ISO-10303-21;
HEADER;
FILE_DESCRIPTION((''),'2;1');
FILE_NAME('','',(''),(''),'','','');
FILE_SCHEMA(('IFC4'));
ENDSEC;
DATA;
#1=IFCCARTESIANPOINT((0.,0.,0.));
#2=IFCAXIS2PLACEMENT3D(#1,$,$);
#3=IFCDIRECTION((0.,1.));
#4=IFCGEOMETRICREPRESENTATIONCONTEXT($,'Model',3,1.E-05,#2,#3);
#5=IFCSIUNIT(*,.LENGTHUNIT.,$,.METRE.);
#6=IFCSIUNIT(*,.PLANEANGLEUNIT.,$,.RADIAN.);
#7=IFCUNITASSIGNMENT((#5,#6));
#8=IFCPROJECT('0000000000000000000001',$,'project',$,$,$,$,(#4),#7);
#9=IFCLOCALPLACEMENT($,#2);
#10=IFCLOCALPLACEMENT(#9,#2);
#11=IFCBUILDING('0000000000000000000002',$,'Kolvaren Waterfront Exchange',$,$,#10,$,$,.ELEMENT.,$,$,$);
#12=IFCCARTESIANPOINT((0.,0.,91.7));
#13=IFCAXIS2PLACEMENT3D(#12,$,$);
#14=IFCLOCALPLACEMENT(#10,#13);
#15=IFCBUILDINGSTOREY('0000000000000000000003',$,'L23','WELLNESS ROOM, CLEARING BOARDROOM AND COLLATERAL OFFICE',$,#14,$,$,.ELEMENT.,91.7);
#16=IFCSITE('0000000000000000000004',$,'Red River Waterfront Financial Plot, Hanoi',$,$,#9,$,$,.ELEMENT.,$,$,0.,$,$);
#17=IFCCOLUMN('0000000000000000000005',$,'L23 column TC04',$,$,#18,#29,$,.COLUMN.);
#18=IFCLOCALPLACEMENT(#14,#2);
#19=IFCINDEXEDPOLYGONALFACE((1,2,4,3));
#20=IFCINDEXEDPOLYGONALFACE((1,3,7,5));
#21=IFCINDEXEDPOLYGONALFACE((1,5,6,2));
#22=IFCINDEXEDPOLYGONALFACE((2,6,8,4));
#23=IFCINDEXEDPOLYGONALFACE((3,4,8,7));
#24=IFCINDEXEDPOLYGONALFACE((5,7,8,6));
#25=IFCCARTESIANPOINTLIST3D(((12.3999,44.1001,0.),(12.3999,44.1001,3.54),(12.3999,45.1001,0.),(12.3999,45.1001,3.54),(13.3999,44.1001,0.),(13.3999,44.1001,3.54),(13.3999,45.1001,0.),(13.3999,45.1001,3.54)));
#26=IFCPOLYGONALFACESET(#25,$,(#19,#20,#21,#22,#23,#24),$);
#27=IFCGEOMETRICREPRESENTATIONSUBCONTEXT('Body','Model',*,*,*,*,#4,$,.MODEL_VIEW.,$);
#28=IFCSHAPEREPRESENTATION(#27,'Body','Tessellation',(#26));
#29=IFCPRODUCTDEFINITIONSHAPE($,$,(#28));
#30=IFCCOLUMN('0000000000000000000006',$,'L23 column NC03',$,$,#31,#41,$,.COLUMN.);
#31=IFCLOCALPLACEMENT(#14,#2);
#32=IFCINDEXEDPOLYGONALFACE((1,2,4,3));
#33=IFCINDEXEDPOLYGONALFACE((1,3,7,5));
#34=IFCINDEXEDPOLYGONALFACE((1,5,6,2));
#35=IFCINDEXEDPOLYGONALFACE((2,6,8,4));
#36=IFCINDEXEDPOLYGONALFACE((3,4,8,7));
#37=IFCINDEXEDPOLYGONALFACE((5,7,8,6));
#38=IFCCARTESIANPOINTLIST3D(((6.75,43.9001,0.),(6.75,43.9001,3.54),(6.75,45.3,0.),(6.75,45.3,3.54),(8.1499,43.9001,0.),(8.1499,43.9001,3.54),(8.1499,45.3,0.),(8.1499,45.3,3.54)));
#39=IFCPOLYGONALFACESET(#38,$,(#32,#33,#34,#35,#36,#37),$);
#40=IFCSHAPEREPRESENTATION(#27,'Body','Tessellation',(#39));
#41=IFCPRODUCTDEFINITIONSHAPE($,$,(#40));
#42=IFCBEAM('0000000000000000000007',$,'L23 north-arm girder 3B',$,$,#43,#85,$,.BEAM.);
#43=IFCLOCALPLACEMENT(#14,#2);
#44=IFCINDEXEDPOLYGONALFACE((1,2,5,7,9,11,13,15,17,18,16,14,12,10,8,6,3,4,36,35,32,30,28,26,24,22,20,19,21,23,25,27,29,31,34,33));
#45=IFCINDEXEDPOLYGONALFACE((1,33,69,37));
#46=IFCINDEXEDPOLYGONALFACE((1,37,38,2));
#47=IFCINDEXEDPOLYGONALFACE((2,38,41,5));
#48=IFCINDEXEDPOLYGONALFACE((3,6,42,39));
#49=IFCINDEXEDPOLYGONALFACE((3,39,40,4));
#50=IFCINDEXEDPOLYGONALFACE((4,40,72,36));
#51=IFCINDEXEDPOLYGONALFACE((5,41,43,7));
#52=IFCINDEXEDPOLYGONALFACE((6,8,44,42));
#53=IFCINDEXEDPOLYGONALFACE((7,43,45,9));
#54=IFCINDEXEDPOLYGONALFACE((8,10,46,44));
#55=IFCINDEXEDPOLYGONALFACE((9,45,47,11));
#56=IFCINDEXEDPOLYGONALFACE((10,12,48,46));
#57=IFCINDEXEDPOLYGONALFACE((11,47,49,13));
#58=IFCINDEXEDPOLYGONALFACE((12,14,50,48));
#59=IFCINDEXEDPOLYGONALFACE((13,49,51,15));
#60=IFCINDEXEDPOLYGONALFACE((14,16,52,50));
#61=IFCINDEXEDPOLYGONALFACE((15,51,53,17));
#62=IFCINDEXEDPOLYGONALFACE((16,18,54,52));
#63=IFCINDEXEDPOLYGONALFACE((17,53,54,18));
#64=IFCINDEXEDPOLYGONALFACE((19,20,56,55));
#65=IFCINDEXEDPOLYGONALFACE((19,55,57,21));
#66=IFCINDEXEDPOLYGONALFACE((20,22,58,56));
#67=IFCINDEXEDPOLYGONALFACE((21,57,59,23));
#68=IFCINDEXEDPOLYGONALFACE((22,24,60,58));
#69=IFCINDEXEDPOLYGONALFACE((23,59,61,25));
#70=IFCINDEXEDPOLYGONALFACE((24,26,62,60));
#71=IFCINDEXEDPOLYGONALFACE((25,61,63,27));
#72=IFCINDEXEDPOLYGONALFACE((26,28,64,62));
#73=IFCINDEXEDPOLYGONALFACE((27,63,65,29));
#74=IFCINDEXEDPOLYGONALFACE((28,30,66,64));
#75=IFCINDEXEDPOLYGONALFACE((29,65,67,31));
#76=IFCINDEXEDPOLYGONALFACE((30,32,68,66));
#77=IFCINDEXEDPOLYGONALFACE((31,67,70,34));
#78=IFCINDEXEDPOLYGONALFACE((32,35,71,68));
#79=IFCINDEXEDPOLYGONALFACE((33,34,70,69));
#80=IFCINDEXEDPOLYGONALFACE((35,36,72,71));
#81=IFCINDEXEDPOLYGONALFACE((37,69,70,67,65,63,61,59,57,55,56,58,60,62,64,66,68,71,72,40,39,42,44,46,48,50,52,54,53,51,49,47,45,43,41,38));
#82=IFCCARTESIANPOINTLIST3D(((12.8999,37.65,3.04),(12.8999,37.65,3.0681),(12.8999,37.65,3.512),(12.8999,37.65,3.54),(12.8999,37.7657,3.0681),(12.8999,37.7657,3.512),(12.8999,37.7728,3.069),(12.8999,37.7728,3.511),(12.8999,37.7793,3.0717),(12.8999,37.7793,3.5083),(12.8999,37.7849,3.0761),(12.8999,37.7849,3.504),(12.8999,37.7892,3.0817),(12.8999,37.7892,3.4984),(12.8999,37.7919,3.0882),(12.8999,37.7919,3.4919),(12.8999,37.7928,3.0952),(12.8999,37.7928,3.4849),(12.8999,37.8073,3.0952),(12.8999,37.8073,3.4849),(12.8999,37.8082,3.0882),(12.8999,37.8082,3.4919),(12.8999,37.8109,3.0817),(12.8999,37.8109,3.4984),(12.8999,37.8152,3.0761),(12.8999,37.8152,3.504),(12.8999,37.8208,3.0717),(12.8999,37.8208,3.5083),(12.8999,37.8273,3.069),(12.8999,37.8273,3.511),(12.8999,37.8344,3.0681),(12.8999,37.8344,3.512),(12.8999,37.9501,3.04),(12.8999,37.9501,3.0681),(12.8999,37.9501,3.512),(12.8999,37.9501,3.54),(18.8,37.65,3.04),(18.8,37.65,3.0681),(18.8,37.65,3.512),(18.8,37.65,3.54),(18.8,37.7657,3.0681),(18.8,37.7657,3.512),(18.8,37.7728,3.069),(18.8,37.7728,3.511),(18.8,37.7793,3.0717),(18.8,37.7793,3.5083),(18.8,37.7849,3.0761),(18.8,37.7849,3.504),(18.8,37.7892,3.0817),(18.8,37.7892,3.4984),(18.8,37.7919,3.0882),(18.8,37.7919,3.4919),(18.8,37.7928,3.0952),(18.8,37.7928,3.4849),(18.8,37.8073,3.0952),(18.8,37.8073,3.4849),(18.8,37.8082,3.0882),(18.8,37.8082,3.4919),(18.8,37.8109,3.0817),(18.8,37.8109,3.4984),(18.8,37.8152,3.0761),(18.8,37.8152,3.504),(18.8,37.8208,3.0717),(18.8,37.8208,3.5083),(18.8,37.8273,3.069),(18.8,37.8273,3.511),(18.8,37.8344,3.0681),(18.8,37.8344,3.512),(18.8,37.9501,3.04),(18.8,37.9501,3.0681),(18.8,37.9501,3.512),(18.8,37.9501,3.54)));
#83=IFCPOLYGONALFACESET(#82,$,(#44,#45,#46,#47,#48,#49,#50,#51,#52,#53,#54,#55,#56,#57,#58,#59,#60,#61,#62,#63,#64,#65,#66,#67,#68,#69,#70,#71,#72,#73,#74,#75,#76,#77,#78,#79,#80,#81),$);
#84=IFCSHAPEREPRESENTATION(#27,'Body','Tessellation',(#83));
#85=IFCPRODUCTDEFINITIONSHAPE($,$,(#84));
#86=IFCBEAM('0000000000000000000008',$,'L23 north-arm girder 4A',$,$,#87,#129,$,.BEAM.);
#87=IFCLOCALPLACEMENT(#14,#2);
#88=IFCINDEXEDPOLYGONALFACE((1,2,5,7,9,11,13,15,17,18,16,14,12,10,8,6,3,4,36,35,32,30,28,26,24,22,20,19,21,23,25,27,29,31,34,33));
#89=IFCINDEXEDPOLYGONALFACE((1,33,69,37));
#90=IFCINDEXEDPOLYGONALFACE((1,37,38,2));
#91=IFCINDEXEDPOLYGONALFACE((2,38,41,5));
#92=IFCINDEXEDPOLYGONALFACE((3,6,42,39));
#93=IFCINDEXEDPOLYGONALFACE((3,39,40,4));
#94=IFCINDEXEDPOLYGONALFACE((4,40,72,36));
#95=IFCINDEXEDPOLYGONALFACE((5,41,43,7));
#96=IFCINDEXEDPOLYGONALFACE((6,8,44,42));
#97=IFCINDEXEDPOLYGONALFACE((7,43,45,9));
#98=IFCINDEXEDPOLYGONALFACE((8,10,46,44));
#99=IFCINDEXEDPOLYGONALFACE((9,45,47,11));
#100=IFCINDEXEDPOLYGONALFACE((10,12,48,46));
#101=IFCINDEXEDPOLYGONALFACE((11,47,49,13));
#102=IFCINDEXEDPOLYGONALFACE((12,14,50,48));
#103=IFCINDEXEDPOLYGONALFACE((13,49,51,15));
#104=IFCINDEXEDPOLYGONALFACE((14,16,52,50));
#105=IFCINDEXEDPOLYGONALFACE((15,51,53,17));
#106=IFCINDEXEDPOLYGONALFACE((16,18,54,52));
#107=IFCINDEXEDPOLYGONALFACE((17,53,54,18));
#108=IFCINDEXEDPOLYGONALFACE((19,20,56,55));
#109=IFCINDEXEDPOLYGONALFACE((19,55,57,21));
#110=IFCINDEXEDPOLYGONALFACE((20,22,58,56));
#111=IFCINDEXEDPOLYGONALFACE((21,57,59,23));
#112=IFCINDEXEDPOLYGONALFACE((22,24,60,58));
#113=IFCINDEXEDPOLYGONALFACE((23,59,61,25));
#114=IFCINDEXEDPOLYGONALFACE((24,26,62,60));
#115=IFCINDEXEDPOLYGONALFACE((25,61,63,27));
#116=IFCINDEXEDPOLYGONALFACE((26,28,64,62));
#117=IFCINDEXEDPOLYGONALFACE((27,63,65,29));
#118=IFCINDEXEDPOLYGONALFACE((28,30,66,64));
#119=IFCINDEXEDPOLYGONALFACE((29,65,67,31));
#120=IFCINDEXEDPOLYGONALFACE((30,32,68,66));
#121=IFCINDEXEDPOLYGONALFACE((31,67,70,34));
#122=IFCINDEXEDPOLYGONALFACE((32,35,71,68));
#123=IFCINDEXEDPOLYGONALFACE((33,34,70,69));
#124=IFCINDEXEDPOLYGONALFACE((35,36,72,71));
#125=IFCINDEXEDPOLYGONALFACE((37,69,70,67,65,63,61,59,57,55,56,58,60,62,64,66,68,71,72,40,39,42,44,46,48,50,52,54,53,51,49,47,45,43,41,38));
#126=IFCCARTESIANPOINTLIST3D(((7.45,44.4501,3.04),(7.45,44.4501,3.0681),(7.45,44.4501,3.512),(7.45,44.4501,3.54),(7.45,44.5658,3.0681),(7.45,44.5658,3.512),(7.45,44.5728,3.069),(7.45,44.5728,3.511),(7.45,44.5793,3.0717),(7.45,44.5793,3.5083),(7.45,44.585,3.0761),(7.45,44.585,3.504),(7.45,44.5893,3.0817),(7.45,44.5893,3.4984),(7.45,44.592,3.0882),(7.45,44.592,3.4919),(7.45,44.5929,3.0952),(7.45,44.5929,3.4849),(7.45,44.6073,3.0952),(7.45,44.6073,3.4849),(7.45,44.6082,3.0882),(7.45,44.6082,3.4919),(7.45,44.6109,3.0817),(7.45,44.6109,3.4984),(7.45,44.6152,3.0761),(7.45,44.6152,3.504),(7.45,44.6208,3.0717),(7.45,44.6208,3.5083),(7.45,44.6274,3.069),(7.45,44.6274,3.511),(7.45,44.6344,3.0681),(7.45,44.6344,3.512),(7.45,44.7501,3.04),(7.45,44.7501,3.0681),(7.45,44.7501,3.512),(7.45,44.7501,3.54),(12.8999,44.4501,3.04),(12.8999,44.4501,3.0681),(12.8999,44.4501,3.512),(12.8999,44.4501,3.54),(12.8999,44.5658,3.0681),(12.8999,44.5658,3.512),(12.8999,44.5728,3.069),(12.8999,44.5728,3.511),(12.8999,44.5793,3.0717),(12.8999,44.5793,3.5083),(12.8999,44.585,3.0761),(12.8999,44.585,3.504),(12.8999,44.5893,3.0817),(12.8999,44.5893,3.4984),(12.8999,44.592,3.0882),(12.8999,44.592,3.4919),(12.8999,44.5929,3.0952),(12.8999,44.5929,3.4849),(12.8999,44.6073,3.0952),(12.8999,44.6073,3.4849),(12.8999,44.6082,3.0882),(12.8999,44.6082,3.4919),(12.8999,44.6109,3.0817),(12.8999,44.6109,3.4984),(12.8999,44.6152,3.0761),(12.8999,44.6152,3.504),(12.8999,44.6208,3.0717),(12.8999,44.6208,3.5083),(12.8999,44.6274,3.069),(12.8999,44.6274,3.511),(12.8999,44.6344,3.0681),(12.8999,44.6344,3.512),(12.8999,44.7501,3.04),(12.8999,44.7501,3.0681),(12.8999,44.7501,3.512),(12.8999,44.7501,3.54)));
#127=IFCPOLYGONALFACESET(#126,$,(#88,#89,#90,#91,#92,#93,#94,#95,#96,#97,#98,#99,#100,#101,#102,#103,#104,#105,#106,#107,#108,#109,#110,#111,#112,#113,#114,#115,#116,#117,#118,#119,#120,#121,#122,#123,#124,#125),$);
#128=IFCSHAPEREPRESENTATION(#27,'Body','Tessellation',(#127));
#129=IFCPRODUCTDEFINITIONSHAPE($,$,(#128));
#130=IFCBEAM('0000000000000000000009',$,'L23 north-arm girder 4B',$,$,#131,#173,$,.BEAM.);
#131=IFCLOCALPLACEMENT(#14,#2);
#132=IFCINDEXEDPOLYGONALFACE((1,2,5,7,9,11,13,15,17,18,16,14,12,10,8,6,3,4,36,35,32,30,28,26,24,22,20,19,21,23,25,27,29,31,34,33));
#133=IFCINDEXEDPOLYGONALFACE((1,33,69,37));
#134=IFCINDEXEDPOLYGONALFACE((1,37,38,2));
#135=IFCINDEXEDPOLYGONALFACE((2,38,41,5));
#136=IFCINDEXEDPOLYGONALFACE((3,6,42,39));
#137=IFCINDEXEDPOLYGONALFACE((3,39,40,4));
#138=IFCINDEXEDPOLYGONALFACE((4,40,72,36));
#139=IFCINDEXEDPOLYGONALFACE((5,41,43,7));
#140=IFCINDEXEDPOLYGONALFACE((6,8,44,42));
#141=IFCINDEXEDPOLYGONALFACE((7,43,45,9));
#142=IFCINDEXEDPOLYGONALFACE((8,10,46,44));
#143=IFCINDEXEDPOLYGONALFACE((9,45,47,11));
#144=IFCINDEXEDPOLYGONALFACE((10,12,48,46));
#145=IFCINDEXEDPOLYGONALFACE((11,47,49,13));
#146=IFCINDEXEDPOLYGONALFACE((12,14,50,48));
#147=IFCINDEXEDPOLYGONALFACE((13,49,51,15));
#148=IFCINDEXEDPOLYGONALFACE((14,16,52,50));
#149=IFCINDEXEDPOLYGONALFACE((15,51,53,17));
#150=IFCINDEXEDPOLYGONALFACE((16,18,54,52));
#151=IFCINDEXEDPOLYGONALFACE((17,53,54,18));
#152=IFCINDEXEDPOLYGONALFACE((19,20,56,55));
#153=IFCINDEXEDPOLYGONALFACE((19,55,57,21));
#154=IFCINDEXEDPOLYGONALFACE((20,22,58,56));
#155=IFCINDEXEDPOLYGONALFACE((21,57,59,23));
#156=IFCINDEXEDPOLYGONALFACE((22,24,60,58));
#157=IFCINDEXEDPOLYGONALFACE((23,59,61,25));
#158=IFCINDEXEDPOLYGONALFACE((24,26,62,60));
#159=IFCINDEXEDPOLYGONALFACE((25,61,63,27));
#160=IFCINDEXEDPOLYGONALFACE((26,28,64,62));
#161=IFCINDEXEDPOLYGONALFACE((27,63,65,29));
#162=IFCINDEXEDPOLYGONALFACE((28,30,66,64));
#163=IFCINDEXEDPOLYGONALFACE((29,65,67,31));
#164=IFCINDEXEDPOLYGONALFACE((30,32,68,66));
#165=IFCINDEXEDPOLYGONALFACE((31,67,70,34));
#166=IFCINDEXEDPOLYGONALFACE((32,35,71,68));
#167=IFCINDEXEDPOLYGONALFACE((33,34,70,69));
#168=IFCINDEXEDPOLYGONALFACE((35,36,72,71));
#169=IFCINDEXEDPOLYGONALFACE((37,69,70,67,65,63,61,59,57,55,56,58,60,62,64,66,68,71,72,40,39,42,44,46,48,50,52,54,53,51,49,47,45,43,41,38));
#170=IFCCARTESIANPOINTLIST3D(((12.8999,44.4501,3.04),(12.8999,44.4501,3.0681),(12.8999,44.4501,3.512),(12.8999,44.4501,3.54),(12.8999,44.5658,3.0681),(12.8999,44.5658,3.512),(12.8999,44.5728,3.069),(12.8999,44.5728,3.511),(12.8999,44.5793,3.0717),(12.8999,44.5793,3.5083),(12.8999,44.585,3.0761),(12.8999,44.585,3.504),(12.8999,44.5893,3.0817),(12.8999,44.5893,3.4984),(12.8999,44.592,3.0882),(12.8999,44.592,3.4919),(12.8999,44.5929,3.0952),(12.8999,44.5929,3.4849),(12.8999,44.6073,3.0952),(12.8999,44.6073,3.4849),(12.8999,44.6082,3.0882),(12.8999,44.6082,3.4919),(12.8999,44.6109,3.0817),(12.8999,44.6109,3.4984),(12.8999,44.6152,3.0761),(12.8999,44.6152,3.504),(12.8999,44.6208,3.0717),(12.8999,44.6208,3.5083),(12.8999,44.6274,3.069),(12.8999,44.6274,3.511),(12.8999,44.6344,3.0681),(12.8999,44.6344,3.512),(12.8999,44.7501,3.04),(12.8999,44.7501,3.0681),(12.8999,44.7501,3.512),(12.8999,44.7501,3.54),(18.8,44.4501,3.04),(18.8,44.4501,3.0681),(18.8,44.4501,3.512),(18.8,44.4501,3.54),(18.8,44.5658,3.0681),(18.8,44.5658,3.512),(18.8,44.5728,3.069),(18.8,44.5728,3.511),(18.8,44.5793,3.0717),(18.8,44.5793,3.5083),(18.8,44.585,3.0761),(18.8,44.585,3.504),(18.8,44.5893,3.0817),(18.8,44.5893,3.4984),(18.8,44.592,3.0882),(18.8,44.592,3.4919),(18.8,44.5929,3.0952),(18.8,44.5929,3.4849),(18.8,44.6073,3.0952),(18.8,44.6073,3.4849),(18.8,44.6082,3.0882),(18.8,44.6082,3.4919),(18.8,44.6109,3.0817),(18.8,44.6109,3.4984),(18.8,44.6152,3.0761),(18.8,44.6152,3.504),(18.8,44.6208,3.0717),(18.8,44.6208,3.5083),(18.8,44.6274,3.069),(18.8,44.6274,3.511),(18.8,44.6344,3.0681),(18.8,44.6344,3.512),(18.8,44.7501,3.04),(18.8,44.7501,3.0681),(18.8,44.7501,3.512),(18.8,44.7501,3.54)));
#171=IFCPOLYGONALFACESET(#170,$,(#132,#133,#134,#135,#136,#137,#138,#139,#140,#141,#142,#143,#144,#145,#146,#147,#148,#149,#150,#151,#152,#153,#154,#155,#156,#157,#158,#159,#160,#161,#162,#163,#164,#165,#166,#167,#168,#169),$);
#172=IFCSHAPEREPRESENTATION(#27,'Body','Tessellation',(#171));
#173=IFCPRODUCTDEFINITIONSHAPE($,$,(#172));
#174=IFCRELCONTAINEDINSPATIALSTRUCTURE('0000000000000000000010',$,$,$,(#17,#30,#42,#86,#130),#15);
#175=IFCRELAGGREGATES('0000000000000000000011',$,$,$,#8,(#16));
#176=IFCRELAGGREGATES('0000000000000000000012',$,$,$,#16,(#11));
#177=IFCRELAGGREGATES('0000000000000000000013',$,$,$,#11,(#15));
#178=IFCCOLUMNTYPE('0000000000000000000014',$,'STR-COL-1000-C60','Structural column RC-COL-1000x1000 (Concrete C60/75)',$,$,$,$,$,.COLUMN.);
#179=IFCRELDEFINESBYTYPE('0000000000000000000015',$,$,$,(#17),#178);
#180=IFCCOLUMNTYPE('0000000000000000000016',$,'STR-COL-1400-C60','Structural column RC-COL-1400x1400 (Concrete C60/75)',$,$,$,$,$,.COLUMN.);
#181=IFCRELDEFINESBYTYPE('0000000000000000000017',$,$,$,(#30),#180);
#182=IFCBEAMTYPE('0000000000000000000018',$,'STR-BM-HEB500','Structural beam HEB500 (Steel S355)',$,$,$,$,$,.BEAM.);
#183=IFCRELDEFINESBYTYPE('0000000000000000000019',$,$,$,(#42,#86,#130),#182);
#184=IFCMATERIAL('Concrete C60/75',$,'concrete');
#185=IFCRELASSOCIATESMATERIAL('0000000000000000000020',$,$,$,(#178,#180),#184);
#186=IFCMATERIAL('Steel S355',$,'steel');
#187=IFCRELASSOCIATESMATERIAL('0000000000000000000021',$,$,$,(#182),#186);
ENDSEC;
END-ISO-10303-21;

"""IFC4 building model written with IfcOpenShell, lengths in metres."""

from ifc_helpers import new_model, si_unit, direction, frame, origin, origin_2d, place, context, subcontext, project, spatial, rectangle, i_section, extrude, material, material_profile, profile_set, type_object, element, save


model = new_model("IFC4")

# Units and contexts
model_context = context("Model", 3, precision=1e-05, world=origin(), true_north=direction((0.0, 1.0)))
body_context = subcontext(model_context, "Body", "Model", "MODEL_VIEW")
ifc_project = project(units=[si_unit("LENGTHUNIT", "METRE"), si_unit("PLANEANGLEUNIT", "RADIAN")], contexts=[model_context])

# Site, building, storey
site_placement = place(None, origin())
site = spatial("IfcSite", under=ifc_project, at=site_placement, Name="Red River Waterfront Financial Plot, Hanoi", CompositionType="ELEMENT", RefElevation=0.0)
building_placement = place(site_placement, origin())
building = spatial("IfcBuilding", under=site, at=building_placement, Name="Kolvaren Waterfront Exchange", CompositionType="ELEMENT")
storey_placement = place(building_placement, frame((0.0, 0.0, 91.7)))
storey = spatial("IfcBuildingStorey", under=building, at=storey_placement, Name="L23", Description="WELLNESS ROOM, CLEARING BOARDROOM AND COLLATERAL OFFICE", CompositionType="ELEMENT", Elevation=91.7)

# Columns
ifc_material_1 = material(Name="Concrete C60/75", Category="concrete")
ifc_material_profile_1 = material_profile(ifc_material_1, rectangle(XDim=1.0, YDim=1.0, at=origin_2d()), Name="RC-COL-1000x1000")
ifc_profile_set_1 = profile_set([ifc_material_profile_1], Name="Concrete C60/75")
column_type_1 = type_object("IfcColumnType", Name="STR-COL-1000-C60", Description="Structural column RC-COL-1000x1000 (Concrete C60/75)", PredefinedType="COLUMN", material=ifc_profile_set_1)
column_1_placement = place(storey_placement, frame((12.8999, 44.6001, 0.0), z_axis=(0.0, 0.0, 1.0), x_axis=(1.0, 0.0, 0.0)))
element("IfcColumn", 1, at=column_1_placement, inside=storey, type_object=column_type_1, Name="L23 column TC04", PredefinedType="COLUMN", context=body_context, shape_type="SweptSolid", body=[
    extrude(rectangle(XDim=1.0, YDim=1.0, at=origin_2d()), origin(), (0.0, 0.0, 1.0), 3.54),
])
ifc_material_profile_2 = material_profile(ifc_material_1, rectangle(XDim=1.3999, YDim=1.3999, at=origin_2d()), Name="RC-COL-1400x1400")
ifc_profile_set_2 = profile_set([ifc_material_profile_2], Name="Concrete C60/75")
column_type_2 = type_object("IfcColumnType", Name="STR-COL-1400-C60", Description="Structural column RC-COL-1400x1400 (Concrete C60/75)", PredefinedType="COLUMN", material=ifc_profile_set_2)
column_2_placement = place(storey_placement, frame((7.45, 44.6001, 0.0), z_axis=(0.0, 0.0, 1.0), x_axis=(1.0, 0.0, 0.0)))
element("IfcColumn", 2, at=column_2_placement, inside=storey, type_object=column_type_2, Name="L23 column NC03", PredefinedType="COLUMN", context=body_context, shape_type="SweptSolid", body=[
    extrude(rectangle(XDim=1.3999, YDim=1.3999, at=origin_2d()), origin(), (0.0, 0.0, 1.0), 3.54),
])

# Beams
ifc_material_2 = material(Name="Steel S355", Category="steel")
ifc_material_profile_3 = material_profile(ifc_material_2, i_section(OverallWidth=0.3, OverallDepth=0.5, WebThickness=0.0144, FlangeThickness=0.0281, FilletRadius=0.0271, at=origin_2d()), Name="HEB500")
ifc_profile_set_3 = profile_set([ifc_material_profile_3], Name="Steel S355")
beam_type_1 = type_object("IfcBeamType", Name="STR-BM-HEB500", Description="Structural beam HEB500 (Steel S355)", PredefinedType="BEAM", material=ifc_profile_set_3)
beam_1_placement = place(storey_placement, frame((12.8999, 37.8, 3.29), z_axis=(1.0, 0.0, 0.0), x_axis=(0.0, 1.0, 0.0)))
element("IfcBeam", 3, at=beam_1_placement, inside=storey, type_object=beam_type_1, Name="L23 north-arm girder 3B", PredefinedType="BEAM", context=body_context, shape_type="SweptSolid", body=[
    extrude(i_section(OverallWidth=0.3, OverallDepth=0.5, WebThickness=0.0144, FlangeThickness=0.0281, FilletRadius=0.0271, at=origin_2d()), origin(), (0.0, 0.0, 1.0), 5.9001),
])
beam_2_placement = place(storey_placement, frame((7.45, 44.6001, 3.29), z_axis=(1.0, 0.0, 0.0), x_axis=(0.0, 1.0, 0.0)))
element("IfcBeam", 4, at=beam_2_placement, inside=storey, type_object=beam_type_1, Name="L23 north-arm girder 4A", PredefinedType="BEAM", context=body_context, shape_type="SweptSolid", body=[
    extrude(i_section(OverallWidth=0.3, OverallDepth=0.5, WebThickness=0.0144, FlangeThickness=0.0281, FilletRadius=0.0271, at=origin_2d()), origin(), (0.0, 0.0, 1.0), 5.45),
])
beam_3_placement = place(storey_placement, frame((12.8999, 44.6001, 3.29), z_axis=(1.0, 0.0, 0.0), x_axis=(0.0, 1.0, 0.0)))
element("IfcBeam", 5, at=beam_3_placement, inside=storey, type_object=beam_type_1, Name="L23 north-arm girder 4B", PredefinedType="BEAM", context=body_context, shape_type="SweptSolid", body=[
    extrude(i_section(OverallWidth=0.3, OverallDepth=0.5, WebThickness=0.0144, FlangeThickness=0.0281, FilletRadius=0.0271, at=origin_2d()), origin(), (0.0, 0.0, 1.0), 5.9001),
])

save(model, "model.ifc")
